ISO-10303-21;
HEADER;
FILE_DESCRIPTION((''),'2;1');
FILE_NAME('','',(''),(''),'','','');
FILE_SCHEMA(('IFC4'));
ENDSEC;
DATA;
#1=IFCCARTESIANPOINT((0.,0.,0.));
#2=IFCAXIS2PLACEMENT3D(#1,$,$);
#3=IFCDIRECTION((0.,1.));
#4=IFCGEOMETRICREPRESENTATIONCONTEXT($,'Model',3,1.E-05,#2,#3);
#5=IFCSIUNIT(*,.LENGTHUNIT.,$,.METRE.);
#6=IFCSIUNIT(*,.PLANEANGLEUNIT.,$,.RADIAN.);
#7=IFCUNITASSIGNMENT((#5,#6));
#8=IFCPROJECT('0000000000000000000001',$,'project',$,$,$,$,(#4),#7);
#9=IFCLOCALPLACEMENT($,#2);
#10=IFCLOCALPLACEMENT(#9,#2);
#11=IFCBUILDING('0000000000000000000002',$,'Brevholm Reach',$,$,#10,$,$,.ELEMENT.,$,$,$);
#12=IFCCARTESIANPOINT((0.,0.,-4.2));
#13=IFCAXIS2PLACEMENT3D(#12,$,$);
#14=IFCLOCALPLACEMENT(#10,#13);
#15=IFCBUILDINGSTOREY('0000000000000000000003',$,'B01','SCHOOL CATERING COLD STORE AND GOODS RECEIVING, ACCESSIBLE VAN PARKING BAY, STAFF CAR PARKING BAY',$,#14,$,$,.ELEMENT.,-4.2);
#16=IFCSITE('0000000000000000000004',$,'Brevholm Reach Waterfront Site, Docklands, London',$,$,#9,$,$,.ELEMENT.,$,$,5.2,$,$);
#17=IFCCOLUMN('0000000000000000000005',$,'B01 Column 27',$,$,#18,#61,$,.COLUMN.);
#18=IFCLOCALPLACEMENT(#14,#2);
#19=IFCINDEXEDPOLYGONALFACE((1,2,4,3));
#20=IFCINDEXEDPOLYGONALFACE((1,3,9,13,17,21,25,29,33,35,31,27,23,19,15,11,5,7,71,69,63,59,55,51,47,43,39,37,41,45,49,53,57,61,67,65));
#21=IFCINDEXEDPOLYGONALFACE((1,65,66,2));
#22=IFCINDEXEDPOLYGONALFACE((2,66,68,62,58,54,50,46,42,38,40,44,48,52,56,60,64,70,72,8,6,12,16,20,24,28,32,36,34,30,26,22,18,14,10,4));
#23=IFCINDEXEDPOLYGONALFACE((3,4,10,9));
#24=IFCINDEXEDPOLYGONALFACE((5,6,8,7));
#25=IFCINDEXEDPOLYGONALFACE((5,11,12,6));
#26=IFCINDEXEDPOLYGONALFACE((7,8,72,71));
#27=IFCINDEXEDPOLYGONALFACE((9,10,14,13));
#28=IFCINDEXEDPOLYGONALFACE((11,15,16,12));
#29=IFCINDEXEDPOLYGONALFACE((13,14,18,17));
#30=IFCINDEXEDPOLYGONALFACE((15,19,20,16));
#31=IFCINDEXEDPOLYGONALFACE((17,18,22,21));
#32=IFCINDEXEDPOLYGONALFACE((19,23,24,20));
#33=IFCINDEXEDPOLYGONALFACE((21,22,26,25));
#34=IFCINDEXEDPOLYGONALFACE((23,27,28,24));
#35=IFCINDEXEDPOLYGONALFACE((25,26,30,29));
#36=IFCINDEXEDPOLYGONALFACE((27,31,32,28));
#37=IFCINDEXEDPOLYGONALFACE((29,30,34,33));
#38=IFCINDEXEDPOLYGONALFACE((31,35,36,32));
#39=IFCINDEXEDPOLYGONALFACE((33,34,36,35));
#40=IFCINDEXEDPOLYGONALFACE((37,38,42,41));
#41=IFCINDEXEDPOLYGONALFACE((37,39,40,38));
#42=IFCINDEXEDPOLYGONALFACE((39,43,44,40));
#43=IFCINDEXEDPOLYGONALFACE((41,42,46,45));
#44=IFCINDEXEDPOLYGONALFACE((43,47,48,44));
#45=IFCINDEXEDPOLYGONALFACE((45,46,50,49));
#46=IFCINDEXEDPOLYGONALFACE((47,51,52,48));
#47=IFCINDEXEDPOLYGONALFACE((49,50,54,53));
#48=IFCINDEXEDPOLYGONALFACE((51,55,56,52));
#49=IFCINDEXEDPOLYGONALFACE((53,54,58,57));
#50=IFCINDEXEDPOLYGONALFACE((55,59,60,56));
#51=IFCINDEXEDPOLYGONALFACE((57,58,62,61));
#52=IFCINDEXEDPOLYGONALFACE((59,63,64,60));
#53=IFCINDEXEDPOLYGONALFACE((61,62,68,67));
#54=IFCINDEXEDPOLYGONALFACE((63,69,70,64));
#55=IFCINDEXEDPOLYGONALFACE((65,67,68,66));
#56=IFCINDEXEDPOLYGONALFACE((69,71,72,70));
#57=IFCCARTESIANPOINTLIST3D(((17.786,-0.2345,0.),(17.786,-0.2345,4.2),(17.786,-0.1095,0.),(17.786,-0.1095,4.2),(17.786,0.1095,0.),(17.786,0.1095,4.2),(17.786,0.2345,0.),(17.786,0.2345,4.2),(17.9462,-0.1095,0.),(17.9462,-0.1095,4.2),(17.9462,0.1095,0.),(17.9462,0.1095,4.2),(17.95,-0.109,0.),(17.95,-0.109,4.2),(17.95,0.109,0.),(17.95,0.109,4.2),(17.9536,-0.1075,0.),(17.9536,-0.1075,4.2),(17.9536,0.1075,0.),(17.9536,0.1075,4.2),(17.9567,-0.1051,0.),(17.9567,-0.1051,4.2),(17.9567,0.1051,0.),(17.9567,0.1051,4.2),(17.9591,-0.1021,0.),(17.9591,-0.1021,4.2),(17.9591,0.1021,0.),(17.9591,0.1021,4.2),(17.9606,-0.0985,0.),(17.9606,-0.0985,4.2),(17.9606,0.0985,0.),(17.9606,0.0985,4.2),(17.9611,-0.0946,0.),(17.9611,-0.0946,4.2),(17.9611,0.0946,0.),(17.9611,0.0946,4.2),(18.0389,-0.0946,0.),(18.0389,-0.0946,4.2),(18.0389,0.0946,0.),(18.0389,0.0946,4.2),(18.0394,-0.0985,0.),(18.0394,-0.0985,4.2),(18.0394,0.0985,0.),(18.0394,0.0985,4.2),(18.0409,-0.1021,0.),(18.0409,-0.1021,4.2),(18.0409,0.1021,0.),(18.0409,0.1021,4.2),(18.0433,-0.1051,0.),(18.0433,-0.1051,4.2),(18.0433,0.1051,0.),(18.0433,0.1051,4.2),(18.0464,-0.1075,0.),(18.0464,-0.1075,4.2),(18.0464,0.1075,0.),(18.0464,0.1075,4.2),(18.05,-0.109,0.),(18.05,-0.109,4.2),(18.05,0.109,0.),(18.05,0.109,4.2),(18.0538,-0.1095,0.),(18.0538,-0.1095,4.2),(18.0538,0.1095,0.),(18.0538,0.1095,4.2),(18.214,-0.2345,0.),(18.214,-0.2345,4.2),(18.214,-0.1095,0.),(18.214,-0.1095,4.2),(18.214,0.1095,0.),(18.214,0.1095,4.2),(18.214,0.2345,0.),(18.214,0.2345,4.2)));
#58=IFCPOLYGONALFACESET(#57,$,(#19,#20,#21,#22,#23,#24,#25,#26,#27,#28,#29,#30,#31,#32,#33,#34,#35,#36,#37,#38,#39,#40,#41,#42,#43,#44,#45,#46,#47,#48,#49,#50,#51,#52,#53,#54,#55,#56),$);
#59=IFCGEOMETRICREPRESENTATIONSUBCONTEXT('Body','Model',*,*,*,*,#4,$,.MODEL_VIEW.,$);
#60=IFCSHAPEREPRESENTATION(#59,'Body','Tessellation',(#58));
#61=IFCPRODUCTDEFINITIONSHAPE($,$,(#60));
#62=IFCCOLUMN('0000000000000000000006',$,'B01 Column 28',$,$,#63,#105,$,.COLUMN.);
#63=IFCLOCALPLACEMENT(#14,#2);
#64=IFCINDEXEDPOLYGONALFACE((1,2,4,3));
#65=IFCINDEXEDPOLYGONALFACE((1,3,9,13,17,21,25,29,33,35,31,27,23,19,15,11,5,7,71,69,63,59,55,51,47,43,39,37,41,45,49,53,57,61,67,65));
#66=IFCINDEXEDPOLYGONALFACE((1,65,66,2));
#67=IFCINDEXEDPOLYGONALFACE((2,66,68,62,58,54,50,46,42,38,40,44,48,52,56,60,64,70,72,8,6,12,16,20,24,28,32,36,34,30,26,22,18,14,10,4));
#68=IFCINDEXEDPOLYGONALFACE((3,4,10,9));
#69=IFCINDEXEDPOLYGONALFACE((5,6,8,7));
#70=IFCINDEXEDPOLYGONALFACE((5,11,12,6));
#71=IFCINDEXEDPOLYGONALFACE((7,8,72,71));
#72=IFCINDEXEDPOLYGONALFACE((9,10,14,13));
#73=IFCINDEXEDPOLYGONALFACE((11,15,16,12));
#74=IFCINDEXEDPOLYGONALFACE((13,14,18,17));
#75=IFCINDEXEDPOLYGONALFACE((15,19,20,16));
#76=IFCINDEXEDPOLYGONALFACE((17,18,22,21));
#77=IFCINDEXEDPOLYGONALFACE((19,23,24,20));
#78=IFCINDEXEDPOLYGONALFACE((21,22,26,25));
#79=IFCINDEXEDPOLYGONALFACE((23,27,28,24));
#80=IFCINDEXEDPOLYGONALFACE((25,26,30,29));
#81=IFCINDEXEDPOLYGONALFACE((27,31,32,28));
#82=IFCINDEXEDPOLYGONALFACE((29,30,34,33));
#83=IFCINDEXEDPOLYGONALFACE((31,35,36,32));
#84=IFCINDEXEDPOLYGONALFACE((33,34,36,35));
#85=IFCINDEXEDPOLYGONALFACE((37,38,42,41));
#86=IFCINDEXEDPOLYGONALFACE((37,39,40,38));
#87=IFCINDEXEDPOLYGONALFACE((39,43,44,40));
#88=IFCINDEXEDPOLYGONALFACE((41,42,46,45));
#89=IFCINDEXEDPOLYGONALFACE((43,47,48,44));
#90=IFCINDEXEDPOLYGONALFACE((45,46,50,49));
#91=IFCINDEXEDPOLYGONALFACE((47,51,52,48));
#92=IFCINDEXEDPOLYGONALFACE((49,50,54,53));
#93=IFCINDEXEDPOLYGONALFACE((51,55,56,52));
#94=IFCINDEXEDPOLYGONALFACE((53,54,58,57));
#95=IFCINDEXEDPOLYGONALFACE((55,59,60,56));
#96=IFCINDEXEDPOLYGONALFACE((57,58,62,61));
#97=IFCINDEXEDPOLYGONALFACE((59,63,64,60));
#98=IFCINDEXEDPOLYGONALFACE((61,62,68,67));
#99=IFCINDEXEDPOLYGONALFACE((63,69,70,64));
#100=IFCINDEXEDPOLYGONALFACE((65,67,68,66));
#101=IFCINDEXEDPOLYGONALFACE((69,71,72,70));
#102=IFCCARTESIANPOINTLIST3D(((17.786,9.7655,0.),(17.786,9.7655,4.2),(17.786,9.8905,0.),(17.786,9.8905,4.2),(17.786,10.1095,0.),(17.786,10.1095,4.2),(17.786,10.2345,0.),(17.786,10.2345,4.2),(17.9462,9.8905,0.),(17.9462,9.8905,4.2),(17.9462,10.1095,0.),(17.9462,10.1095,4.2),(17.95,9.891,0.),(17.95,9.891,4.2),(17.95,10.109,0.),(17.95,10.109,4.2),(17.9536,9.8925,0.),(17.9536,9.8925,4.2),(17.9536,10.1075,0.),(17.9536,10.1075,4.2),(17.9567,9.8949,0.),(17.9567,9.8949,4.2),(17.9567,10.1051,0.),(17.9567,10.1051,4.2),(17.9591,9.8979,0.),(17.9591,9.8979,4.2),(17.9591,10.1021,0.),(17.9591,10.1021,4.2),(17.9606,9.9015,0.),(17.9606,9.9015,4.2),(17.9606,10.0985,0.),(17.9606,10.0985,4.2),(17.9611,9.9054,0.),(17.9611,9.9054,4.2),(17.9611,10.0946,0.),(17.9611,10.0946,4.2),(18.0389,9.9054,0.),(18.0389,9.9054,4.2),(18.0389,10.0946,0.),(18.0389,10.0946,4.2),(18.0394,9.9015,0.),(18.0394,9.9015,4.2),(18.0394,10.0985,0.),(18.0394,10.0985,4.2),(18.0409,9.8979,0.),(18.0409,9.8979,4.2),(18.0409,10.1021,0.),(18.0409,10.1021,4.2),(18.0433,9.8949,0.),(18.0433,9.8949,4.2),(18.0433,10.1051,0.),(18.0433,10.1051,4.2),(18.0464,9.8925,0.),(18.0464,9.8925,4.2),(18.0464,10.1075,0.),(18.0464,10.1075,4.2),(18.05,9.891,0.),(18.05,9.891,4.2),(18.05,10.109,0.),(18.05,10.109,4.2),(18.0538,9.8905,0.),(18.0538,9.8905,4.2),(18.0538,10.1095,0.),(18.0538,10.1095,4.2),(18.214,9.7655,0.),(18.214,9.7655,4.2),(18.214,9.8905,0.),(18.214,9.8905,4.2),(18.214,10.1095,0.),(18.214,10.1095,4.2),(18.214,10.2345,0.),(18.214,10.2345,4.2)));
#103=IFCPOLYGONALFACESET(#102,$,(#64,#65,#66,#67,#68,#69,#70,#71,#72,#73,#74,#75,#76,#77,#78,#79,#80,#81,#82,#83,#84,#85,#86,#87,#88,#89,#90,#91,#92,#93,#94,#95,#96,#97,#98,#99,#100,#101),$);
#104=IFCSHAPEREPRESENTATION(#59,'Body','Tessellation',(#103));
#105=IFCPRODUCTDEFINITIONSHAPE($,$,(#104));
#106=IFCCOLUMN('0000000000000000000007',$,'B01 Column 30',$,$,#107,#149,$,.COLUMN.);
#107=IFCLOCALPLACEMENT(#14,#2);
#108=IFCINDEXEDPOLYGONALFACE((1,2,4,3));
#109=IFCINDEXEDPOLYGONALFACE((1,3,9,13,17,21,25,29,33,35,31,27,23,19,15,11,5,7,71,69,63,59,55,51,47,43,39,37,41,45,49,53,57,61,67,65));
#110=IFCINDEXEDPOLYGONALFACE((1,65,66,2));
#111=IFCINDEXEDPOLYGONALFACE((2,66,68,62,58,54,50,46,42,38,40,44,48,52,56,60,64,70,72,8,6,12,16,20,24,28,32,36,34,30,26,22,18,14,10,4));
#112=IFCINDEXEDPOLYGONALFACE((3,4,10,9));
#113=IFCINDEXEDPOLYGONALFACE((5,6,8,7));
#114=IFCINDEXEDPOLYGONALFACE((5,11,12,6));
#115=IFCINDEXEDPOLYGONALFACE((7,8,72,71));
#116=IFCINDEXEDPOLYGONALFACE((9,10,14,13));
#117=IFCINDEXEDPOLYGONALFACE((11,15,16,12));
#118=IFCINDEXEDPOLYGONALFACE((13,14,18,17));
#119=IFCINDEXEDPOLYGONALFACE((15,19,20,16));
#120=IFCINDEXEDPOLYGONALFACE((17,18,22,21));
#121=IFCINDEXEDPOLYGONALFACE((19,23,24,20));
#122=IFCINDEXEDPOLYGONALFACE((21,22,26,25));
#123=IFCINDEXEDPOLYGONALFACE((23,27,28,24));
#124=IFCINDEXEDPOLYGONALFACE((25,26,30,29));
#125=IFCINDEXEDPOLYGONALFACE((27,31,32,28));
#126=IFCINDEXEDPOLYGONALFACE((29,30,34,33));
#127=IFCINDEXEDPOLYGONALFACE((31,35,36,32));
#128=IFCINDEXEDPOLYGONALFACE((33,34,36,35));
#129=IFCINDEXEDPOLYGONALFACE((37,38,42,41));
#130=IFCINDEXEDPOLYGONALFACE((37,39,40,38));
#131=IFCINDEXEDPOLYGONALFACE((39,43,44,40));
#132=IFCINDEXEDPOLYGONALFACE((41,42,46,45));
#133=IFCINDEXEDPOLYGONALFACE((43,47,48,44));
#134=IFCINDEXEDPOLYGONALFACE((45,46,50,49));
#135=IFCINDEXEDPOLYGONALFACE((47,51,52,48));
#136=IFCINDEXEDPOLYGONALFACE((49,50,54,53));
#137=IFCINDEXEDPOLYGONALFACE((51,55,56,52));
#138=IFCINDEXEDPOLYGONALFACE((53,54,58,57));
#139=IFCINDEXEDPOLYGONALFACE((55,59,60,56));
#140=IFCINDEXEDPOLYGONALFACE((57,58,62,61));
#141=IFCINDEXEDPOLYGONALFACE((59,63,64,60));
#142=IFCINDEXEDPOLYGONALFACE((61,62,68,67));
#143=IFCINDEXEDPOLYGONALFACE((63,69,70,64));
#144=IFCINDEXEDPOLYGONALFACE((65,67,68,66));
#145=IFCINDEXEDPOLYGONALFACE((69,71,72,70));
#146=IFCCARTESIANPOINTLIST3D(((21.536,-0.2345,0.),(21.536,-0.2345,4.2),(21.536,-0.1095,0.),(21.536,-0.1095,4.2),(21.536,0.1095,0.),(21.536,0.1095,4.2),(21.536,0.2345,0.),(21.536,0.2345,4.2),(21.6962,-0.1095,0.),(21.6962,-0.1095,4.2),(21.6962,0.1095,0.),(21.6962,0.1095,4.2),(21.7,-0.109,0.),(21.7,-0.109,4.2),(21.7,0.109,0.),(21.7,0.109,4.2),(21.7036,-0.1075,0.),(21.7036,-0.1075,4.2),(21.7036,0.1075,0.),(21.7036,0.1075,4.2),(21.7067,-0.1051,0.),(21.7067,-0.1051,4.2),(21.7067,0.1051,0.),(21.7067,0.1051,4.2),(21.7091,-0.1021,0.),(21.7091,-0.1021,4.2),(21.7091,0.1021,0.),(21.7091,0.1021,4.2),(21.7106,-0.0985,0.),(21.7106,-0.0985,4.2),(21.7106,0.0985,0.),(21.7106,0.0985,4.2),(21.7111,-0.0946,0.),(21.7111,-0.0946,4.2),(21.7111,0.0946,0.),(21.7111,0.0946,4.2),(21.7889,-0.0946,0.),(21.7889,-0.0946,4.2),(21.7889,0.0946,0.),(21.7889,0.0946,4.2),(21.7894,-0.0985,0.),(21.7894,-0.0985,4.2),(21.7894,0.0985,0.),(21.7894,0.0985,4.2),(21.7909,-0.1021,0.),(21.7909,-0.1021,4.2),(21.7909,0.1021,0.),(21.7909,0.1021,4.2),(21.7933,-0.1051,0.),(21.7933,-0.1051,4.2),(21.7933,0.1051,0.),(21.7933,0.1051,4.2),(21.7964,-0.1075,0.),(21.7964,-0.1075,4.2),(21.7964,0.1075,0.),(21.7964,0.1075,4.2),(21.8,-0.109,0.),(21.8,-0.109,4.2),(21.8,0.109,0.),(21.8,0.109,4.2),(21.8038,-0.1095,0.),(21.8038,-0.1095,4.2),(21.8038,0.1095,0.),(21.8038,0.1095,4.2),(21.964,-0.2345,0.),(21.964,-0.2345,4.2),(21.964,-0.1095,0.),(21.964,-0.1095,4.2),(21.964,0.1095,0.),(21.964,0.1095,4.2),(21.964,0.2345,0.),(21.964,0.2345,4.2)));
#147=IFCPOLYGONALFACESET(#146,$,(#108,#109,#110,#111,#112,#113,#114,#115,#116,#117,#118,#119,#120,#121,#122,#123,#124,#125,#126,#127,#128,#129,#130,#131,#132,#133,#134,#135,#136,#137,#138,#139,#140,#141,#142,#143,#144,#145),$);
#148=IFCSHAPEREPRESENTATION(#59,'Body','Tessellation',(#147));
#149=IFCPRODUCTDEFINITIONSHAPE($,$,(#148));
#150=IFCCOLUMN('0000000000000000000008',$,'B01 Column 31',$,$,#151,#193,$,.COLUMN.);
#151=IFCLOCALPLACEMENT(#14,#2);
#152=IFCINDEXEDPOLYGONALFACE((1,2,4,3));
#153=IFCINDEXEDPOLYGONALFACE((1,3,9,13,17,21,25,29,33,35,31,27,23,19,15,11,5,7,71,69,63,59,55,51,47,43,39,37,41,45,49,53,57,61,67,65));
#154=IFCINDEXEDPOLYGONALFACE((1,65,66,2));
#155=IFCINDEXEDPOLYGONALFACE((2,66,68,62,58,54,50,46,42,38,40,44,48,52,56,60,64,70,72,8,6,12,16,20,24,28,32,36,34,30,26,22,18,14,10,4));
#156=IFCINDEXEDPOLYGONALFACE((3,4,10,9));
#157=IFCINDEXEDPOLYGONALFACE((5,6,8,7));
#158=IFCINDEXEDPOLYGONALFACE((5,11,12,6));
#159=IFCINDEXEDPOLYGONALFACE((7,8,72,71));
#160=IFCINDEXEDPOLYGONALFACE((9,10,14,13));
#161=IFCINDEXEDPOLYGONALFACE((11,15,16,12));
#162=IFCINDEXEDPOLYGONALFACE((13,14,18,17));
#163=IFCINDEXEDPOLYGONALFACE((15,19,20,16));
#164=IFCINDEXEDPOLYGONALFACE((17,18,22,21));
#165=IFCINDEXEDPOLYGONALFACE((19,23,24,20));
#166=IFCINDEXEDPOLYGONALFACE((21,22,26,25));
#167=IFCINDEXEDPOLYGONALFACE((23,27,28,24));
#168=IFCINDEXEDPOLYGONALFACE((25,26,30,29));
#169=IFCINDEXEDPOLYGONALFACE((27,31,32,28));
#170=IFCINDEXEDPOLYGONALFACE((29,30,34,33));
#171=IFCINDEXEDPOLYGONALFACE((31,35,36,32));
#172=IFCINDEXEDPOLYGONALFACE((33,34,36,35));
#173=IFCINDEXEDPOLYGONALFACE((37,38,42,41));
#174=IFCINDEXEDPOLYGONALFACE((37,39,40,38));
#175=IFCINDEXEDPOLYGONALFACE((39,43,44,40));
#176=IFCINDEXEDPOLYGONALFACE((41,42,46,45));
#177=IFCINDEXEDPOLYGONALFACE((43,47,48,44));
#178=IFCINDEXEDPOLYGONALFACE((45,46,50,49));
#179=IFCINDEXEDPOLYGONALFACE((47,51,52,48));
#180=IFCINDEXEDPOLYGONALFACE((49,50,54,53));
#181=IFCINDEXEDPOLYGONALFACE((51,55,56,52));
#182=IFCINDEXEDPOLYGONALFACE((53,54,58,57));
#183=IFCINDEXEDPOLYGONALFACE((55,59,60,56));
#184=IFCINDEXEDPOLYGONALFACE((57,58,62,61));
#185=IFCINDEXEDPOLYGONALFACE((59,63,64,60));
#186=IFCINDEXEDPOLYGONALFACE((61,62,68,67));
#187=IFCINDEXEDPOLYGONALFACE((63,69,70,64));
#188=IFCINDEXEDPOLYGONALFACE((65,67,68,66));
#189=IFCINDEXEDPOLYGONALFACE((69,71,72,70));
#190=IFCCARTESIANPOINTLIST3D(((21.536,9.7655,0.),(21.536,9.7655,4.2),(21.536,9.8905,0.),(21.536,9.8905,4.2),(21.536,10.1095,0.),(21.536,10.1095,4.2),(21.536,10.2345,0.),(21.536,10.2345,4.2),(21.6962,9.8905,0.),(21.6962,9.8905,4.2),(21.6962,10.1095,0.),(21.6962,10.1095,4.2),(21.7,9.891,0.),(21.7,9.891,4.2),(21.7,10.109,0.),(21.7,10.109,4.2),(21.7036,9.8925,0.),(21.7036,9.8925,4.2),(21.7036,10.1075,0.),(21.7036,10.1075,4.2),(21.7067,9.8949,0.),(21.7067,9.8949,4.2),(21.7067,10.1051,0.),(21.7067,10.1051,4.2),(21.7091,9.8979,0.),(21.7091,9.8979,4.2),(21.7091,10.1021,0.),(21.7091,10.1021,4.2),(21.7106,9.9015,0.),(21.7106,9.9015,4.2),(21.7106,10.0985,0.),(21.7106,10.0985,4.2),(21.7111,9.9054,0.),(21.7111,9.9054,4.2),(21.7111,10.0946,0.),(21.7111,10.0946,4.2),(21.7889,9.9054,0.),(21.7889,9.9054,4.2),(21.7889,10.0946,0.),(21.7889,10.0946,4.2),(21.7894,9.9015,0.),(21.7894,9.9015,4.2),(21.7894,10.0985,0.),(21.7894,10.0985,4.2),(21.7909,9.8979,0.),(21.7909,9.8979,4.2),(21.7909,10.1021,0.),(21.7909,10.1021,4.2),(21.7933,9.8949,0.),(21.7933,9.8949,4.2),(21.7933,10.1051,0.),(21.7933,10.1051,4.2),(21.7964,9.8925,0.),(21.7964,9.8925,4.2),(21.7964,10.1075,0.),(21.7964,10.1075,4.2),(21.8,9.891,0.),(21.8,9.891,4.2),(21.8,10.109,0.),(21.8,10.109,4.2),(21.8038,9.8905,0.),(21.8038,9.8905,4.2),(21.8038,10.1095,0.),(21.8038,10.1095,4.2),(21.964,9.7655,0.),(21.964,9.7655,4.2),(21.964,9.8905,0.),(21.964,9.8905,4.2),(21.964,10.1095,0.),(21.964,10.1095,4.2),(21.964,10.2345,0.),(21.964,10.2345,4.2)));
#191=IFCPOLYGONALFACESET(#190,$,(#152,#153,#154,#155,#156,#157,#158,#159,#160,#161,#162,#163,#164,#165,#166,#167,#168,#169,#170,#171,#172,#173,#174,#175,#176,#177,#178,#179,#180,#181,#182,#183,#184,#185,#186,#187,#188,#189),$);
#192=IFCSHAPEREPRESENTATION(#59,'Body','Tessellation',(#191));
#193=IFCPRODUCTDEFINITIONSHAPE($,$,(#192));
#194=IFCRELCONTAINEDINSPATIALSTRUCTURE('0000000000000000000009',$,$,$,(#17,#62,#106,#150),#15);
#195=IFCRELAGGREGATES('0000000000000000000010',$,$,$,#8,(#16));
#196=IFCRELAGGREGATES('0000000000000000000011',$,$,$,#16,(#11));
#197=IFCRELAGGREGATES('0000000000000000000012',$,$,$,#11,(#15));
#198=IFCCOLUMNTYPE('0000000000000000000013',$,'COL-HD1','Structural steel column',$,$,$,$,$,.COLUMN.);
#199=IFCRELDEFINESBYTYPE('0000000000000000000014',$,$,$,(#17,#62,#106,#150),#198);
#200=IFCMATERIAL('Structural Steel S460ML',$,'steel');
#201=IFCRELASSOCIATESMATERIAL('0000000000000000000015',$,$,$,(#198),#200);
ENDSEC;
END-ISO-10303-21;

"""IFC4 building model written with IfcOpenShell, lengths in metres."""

from ifc_helpers import new_model, si_unit, direction, frame, origin, origin_2d, place, context, subcontext, project, spatial, i_section, extrude, material, material_profile, profile_set, type_object, element, save


model = new_model("IFC4")

# Units and contexts
model_context = context("Model", 3, precision=1e-05, world=origin(), true_north=direction((0.0, 1.0)))
body_context = subcontext(model_context, "Body", "Model", "MODEL_VIEW")
ifc_project = project(units=[si_unit("LENGTHUNIT", "METRE"), si_unit("PLANEANGLEUNIT", "RADIAN")], contexts=[model_context])

# Site, building, storey
site_placement = place(None, origin())
site = spatial("IfcSite", under=ifc_project, at=site_placement, Name="Brevholm Reach Waterfront Site, Docklands, London", CompositionType="ELEMENT", RefElevation=5.2)
building_placement = place(site_placement, origin())
building = spatial("IfcBuilding", under=site, at=building_placement, Name="Brevholm Reach", CompositionType="ELEMENT")
storey_placement = place(building_placement, frame((0.0, 0.0, -4.2)))
storey = spatial("IfcBuildingStorey", under=building, at=storey_placement, Name="B01", Description="SCHOOL CATERING COLD STORE AND GOODS RECEIVING, ACCESSIBLE VAN PARKING BAY, STAFF CAR PARKING BAY", CompositionType="ELEMENT", Elevation=-4.2)

# Columns
ifc_material_1 = material(Name="Structural Steel S460ML", Category="steel")
ifc_material_profile_1 = material_profile(ifc_material_1, i_section(OverallWidth=0.428, OverallDepth=0.469, WebThickness=0.0779, FlangeThickness=0.125, FilletRadius=0.0149, at=origin_2d()), Name="HD 400x1086")
ifc_profile_set_1 = profile_set([ifc_material_profile_1], Name="Structural Steel S460ML")
column_type = type_object("IfcColumnType", Name="COL-HD1", Description="Structural steel column", PredefinedType="COLUMN", material=ifc_profile_set_1)
for number, where, z_axis, x_axis, name in (
    (1, (18.0, 0.0, 0.0), (0.0, 0.0, 1.0), (1.0, 0.0, 0.0), "B01 Column 27"),
    (2, (18.0, 10.0, 0.0), (0.0, 0.0, 1.0), (1.0, 0.0, 0.0), "B01 Column 28"),
    (3, (21.75, 0.0, 0.0), (0.0, 0.0, 1.0), (1.0, 0.0, 0.0), "B01 Column 30"),
    (4, (21.75, 10.0, 0.0), (0.0, 0.0, 1.0), (1.0, 0.0, 0.0), "B01 Column 31"),
):
    element("IfcColumn", number, at=place(storey_placement, frame(where, z_axis=z_axis, x_axis=x_axis)), inside=storey, type_object=column_type, Name=name, PredefinedType="COLUMN", context=body_context, shape_type="SweptSolid", body=[
        extrude(i_section(OverallWidth=0.428, OverallDepth=0.469, WebThickness=0.0779, FlangeThickness=0.125, FilletRadius=0.0149, at=origin_2d()), origin(), (0.0, 0.0, 1.0), 4.2),
    ])

save(model, "model.ifc")
